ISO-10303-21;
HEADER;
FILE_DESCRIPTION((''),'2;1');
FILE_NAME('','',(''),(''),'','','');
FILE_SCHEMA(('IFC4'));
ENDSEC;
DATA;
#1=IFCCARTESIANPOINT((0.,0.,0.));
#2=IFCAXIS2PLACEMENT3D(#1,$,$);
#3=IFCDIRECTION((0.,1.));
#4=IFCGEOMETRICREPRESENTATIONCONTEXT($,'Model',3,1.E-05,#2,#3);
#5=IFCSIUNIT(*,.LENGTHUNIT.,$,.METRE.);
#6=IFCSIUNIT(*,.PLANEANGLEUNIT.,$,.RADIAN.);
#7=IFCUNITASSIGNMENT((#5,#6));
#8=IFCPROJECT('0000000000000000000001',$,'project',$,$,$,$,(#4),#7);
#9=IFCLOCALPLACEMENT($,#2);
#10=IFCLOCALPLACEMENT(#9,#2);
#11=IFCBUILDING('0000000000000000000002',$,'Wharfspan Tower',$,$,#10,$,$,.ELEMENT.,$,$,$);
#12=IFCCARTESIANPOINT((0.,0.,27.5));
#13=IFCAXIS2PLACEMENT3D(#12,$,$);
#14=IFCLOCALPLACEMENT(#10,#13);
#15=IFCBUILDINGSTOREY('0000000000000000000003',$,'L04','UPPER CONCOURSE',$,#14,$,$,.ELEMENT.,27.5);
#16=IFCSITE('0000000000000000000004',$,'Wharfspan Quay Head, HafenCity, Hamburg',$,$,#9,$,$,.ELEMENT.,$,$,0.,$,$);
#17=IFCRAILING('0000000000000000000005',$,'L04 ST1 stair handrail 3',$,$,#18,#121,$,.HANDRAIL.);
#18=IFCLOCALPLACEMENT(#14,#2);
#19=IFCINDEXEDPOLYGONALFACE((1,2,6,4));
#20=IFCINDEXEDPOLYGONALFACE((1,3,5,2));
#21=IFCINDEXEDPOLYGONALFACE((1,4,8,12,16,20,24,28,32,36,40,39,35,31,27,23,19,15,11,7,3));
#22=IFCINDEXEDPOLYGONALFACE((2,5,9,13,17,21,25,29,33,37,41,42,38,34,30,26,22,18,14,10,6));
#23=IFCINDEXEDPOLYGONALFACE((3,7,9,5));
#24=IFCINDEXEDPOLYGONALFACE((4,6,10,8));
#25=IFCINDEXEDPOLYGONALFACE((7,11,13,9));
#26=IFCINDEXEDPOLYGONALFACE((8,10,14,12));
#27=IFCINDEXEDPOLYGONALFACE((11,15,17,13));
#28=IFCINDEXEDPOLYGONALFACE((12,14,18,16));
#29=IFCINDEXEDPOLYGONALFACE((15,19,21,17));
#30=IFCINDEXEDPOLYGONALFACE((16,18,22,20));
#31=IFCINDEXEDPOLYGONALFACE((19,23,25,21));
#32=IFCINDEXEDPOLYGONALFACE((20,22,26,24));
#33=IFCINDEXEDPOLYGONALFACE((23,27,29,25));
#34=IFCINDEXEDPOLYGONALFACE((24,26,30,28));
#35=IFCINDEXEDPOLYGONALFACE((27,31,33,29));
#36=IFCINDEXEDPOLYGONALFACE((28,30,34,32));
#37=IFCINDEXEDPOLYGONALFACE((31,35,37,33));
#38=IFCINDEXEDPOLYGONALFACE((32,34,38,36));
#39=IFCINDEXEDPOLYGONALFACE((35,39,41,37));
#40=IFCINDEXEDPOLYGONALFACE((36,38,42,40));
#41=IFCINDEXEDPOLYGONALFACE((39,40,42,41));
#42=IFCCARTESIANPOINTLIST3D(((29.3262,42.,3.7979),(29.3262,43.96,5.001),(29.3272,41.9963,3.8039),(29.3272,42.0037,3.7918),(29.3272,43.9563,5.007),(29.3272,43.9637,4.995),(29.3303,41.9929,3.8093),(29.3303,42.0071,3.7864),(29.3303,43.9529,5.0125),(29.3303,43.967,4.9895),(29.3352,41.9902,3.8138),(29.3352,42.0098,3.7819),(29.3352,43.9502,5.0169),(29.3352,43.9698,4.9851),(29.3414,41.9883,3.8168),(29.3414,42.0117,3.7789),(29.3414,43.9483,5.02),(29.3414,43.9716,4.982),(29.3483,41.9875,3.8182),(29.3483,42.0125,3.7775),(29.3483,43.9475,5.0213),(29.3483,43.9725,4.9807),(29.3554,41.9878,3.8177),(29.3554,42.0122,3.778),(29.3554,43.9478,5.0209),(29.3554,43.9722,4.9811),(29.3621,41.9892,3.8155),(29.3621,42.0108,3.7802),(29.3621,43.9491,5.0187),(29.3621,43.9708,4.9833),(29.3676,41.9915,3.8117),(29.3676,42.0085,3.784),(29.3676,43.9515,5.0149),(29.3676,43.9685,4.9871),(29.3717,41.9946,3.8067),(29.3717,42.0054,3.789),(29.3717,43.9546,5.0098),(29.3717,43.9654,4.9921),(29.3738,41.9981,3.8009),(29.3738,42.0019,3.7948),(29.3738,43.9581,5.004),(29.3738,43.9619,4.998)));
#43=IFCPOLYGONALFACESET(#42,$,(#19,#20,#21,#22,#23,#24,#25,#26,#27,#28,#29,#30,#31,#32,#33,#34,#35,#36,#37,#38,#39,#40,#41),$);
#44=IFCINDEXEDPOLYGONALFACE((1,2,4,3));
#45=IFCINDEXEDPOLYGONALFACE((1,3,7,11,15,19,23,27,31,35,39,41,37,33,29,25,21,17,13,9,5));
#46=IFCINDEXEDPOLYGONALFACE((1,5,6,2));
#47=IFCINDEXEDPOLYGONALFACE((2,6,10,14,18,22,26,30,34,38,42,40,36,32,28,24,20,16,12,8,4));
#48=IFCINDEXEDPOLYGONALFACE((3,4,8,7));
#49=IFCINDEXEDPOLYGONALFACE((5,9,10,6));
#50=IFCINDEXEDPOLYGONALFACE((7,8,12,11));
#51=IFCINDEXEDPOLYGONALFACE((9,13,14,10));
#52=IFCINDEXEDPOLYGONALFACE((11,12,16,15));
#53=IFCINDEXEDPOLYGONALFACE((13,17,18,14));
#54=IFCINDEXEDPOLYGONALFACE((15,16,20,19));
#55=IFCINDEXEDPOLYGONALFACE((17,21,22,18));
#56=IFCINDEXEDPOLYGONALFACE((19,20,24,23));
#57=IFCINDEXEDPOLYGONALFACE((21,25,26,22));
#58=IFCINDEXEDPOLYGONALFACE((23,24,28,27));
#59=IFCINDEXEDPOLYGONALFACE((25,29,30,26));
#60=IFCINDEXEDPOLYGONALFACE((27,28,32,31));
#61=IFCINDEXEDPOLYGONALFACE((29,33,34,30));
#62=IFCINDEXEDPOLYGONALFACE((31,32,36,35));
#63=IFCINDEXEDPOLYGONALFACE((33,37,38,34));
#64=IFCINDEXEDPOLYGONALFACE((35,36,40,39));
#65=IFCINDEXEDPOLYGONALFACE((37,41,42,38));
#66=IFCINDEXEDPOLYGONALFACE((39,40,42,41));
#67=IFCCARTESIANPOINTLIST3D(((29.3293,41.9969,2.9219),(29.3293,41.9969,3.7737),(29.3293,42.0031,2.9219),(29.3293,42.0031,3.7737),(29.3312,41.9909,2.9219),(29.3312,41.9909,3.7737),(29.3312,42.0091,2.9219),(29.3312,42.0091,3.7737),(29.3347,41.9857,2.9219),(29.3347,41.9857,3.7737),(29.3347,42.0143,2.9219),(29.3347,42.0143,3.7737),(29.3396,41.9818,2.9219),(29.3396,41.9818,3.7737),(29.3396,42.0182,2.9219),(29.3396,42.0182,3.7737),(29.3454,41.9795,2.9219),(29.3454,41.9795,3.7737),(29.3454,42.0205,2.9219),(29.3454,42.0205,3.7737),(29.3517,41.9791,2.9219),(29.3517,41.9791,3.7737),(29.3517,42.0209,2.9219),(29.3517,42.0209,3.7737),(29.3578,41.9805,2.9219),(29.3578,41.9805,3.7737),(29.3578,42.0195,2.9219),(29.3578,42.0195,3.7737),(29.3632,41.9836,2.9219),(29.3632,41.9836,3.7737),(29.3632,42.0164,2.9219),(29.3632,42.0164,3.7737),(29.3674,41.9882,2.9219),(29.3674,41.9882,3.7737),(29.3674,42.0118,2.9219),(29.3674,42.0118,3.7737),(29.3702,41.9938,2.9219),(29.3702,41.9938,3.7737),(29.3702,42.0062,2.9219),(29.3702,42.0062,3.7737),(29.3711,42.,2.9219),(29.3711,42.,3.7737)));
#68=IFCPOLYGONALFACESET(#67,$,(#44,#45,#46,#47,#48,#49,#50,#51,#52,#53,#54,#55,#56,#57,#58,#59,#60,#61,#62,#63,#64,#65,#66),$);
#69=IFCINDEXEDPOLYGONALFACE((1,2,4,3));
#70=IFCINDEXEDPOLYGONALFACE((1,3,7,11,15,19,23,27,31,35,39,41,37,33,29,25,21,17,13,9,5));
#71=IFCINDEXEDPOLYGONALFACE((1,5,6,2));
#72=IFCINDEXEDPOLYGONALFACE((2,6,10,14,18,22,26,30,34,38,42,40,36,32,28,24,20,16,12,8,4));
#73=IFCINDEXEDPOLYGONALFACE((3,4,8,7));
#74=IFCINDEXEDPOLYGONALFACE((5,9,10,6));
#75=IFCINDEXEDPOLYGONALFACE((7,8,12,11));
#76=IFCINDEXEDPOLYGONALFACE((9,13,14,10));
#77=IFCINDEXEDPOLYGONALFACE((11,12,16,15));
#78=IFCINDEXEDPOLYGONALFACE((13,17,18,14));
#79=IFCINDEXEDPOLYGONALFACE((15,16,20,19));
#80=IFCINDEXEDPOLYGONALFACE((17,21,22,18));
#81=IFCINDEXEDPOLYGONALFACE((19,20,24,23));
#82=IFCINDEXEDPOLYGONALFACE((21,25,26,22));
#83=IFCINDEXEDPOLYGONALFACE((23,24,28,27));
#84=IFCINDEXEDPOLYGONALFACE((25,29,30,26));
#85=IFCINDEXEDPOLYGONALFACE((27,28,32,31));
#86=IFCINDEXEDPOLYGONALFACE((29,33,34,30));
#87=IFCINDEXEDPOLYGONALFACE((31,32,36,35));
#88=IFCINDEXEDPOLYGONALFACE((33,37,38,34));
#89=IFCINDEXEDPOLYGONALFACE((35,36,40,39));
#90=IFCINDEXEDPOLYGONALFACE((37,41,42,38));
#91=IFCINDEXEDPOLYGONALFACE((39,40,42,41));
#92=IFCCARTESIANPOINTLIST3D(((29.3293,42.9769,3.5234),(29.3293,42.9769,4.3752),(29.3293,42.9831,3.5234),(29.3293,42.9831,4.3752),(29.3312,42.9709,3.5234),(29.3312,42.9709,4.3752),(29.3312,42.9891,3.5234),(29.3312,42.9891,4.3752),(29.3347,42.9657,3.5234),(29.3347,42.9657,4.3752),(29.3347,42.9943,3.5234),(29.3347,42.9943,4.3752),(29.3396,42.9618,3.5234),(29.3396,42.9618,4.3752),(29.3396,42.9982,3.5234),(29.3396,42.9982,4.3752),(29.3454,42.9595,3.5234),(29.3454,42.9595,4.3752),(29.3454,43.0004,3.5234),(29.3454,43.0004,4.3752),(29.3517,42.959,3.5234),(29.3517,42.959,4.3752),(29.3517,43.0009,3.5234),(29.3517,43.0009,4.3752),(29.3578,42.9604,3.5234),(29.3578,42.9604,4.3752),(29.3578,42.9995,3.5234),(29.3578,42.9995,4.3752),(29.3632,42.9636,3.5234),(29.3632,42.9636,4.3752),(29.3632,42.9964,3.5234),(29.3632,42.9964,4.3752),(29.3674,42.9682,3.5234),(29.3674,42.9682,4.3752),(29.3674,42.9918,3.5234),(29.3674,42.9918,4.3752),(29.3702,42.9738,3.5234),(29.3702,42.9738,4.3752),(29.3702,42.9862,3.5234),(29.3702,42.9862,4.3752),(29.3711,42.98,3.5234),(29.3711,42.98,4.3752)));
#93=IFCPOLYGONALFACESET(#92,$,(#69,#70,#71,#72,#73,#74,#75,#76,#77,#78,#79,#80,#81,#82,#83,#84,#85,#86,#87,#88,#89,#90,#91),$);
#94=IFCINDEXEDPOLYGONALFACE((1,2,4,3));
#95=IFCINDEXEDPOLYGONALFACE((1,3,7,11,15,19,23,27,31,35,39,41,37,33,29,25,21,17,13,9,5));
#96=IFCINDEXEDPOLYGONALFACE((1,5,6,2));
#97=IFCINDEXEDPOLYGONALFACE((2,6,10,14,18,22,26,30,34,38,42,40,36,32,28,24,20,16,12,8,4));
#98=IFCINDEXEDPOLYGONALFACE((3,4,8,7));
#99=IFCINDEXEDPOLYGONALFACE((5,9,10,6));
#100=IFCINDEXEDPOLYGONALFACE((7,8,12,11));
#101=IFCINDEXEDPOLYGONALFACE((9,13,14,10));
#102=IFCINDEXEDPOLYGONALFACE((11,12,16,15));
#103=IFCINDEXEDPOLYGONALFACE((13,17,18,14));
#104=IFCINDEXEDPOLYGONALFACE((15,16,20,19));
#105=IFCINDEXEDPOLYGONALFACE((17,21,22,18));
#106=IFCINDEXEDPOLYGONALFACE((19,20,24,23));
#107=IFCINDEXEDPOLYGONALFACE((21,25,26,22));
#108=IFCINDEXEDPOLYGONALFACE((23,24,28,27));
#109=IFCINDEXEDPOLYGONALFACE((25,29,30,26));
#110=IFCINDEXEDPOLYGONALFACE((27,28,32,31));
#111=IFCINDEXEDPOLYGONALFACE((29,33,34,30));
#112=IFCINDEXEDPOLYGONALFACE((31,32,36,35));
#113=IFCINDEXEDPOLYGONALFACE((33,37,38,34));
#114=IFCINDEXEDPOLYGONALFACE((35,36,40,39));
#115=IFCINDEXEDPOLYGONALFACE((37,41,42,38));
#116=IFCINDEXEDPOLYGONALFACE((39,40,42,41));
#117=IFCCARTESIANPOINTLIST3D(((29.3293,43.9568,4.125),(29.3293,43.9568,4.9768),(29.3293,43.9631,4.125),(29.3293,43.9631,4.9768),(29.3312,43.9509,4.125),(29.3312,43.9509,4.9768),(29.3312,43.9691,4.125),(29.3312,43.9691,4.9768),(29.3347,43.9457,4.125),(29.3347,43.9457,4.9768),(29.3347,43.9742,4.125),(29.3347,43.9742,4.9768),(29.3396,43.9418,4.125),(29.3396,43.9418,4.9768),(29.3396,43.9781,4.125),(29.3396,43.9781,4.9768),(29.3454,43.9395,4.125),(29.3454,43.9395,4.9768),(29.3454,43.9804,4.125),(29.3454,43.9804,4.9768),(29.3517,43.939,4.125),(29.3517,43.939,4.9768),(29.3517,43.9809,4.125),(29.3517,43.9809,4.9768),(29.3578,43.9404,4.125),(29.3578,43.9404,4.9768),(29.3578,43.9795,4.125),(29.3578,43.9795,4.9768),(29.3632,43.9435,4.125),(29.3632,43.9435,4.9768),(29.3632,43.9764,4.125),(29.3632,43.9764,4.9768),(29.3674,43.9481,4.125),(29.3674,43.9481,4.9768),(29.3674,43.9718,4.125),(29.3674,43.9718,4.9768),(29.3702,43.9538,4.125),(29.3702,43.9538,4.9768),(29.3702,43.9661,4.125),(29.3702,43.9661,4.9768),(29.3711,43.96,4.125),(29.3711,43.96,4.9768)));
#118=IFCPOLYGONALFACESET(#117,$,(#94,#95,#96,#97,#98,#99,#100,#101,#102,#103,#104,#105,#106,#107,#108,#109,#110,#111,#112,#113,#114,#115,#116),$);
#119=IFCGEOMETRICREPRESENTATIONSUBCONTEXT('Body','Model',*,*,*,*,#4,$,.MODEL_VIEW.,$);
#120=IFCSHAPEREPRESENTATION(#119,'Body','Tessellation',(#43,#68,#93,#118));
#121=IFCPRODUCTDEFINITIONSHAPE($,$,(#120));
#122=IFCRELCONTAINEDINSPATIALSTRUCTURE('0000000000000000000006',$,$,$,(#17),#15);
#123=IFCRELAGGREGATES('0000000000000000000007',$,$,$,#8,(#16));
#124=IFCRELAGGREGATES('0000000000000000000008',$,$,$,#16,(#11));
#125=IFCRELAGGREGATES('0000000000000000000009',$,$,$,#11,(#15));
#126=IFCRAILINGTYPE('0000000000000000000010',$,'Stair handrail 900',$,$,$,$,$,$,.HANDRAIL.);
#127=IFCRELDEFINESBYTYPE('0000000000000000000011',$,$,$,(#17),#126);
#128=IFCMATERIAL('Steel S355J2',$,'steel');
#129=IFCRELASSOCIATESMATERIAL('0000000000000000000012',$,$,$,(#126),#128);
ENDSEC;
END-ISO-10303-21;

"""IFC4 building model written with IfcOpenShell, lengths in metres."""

from ifc_helpers import new_model, si_unit, direction, frame, origin, origin_2d, place, context, subcontext, project, spatial, circle, extrude, material, type_object, element, save


model = new_model("IFC4")

# Units and contexts
model_context = context("Model", 3, precision=1e-05, world=origin(), true_north=direction((0.0, 1.0)))
body_context = subcontext(model_context, "Body", "Model", "MODEL_VIEW")
ifc_project = project(units=[si_unit("LENGTHUNIT", "METRE"), si_unit("PLANEANGLEUNIT", "RADIAN")], contexts=[model_context])

# Site, building, storey
site_placement = place(None, origin())
site = spatial("IfcSite", under=ifc_project, at=site_placement, Name="Wharfspan Quay Head, HafenCity, Hamburg", CompositionType="ELEMENT", RefElevation=0.0)
building_placement = place(site_placement, origin())
building = spatial("IfcBuilding", under=site, at=building_placement, Name="Wharfspan Tower", CompositionType="ELEMENT")
storey_placement = place(building_placement, frame((0.0, 0.0, 27.5)))
storey = spatial("IfcBuildingStorey", under=building, at=storey_placement, Name="L04", Description="UPPER CONCOURSE", CompositionType="ELEMENT", Elevation=27.5)

# Railing
ifc_material_1 = material(Name="Steel S355J2", Category="steel")
railing_type = type_object("IfcRailingType", Name="Stair handrail 900", PredefinedType="HANDRAIL", material=ifc_material_1)
railing_1_placement = place(storey_placement, frame((29.3501, 42.0, 2.9219)))
element("IfcRailing", 1, at=railing_1_placement, inside=storey, type_object=railing_type, Name="L04 ST1 stair handrail 3", PredefinedType="HANDRAIL", context=body_context, shape_type="SweptSolid", body=[
    extrude(circle(Radius=0.0239, at=origin_2d()), frame((0.0, 0.0, 0.876), z_axis=(0.0, 0.852241, 0.523149), x_axis=(-1.0, 0.0, 0.0)), (0.0, 0.0, 1.0), 2.2998),
    extrude(circle(Radius=0.021, at=origin_2d()), origin(), (0.0, 0.0, 1.0), 0.8518),
    extrude(circle(Radius=0.021, at=origin_2d()), frame((0.0, 0.98, 0.6016)), (0.0, 0.0, 1.0), 0.8518),
    extrude(circle(Radius=0.021, at=origin_2d()), frame((0.0, 1.96, 1.2031)), (0.0, 0.0, 1.0), 0.8518),
])

save(model, "model.ifc")
